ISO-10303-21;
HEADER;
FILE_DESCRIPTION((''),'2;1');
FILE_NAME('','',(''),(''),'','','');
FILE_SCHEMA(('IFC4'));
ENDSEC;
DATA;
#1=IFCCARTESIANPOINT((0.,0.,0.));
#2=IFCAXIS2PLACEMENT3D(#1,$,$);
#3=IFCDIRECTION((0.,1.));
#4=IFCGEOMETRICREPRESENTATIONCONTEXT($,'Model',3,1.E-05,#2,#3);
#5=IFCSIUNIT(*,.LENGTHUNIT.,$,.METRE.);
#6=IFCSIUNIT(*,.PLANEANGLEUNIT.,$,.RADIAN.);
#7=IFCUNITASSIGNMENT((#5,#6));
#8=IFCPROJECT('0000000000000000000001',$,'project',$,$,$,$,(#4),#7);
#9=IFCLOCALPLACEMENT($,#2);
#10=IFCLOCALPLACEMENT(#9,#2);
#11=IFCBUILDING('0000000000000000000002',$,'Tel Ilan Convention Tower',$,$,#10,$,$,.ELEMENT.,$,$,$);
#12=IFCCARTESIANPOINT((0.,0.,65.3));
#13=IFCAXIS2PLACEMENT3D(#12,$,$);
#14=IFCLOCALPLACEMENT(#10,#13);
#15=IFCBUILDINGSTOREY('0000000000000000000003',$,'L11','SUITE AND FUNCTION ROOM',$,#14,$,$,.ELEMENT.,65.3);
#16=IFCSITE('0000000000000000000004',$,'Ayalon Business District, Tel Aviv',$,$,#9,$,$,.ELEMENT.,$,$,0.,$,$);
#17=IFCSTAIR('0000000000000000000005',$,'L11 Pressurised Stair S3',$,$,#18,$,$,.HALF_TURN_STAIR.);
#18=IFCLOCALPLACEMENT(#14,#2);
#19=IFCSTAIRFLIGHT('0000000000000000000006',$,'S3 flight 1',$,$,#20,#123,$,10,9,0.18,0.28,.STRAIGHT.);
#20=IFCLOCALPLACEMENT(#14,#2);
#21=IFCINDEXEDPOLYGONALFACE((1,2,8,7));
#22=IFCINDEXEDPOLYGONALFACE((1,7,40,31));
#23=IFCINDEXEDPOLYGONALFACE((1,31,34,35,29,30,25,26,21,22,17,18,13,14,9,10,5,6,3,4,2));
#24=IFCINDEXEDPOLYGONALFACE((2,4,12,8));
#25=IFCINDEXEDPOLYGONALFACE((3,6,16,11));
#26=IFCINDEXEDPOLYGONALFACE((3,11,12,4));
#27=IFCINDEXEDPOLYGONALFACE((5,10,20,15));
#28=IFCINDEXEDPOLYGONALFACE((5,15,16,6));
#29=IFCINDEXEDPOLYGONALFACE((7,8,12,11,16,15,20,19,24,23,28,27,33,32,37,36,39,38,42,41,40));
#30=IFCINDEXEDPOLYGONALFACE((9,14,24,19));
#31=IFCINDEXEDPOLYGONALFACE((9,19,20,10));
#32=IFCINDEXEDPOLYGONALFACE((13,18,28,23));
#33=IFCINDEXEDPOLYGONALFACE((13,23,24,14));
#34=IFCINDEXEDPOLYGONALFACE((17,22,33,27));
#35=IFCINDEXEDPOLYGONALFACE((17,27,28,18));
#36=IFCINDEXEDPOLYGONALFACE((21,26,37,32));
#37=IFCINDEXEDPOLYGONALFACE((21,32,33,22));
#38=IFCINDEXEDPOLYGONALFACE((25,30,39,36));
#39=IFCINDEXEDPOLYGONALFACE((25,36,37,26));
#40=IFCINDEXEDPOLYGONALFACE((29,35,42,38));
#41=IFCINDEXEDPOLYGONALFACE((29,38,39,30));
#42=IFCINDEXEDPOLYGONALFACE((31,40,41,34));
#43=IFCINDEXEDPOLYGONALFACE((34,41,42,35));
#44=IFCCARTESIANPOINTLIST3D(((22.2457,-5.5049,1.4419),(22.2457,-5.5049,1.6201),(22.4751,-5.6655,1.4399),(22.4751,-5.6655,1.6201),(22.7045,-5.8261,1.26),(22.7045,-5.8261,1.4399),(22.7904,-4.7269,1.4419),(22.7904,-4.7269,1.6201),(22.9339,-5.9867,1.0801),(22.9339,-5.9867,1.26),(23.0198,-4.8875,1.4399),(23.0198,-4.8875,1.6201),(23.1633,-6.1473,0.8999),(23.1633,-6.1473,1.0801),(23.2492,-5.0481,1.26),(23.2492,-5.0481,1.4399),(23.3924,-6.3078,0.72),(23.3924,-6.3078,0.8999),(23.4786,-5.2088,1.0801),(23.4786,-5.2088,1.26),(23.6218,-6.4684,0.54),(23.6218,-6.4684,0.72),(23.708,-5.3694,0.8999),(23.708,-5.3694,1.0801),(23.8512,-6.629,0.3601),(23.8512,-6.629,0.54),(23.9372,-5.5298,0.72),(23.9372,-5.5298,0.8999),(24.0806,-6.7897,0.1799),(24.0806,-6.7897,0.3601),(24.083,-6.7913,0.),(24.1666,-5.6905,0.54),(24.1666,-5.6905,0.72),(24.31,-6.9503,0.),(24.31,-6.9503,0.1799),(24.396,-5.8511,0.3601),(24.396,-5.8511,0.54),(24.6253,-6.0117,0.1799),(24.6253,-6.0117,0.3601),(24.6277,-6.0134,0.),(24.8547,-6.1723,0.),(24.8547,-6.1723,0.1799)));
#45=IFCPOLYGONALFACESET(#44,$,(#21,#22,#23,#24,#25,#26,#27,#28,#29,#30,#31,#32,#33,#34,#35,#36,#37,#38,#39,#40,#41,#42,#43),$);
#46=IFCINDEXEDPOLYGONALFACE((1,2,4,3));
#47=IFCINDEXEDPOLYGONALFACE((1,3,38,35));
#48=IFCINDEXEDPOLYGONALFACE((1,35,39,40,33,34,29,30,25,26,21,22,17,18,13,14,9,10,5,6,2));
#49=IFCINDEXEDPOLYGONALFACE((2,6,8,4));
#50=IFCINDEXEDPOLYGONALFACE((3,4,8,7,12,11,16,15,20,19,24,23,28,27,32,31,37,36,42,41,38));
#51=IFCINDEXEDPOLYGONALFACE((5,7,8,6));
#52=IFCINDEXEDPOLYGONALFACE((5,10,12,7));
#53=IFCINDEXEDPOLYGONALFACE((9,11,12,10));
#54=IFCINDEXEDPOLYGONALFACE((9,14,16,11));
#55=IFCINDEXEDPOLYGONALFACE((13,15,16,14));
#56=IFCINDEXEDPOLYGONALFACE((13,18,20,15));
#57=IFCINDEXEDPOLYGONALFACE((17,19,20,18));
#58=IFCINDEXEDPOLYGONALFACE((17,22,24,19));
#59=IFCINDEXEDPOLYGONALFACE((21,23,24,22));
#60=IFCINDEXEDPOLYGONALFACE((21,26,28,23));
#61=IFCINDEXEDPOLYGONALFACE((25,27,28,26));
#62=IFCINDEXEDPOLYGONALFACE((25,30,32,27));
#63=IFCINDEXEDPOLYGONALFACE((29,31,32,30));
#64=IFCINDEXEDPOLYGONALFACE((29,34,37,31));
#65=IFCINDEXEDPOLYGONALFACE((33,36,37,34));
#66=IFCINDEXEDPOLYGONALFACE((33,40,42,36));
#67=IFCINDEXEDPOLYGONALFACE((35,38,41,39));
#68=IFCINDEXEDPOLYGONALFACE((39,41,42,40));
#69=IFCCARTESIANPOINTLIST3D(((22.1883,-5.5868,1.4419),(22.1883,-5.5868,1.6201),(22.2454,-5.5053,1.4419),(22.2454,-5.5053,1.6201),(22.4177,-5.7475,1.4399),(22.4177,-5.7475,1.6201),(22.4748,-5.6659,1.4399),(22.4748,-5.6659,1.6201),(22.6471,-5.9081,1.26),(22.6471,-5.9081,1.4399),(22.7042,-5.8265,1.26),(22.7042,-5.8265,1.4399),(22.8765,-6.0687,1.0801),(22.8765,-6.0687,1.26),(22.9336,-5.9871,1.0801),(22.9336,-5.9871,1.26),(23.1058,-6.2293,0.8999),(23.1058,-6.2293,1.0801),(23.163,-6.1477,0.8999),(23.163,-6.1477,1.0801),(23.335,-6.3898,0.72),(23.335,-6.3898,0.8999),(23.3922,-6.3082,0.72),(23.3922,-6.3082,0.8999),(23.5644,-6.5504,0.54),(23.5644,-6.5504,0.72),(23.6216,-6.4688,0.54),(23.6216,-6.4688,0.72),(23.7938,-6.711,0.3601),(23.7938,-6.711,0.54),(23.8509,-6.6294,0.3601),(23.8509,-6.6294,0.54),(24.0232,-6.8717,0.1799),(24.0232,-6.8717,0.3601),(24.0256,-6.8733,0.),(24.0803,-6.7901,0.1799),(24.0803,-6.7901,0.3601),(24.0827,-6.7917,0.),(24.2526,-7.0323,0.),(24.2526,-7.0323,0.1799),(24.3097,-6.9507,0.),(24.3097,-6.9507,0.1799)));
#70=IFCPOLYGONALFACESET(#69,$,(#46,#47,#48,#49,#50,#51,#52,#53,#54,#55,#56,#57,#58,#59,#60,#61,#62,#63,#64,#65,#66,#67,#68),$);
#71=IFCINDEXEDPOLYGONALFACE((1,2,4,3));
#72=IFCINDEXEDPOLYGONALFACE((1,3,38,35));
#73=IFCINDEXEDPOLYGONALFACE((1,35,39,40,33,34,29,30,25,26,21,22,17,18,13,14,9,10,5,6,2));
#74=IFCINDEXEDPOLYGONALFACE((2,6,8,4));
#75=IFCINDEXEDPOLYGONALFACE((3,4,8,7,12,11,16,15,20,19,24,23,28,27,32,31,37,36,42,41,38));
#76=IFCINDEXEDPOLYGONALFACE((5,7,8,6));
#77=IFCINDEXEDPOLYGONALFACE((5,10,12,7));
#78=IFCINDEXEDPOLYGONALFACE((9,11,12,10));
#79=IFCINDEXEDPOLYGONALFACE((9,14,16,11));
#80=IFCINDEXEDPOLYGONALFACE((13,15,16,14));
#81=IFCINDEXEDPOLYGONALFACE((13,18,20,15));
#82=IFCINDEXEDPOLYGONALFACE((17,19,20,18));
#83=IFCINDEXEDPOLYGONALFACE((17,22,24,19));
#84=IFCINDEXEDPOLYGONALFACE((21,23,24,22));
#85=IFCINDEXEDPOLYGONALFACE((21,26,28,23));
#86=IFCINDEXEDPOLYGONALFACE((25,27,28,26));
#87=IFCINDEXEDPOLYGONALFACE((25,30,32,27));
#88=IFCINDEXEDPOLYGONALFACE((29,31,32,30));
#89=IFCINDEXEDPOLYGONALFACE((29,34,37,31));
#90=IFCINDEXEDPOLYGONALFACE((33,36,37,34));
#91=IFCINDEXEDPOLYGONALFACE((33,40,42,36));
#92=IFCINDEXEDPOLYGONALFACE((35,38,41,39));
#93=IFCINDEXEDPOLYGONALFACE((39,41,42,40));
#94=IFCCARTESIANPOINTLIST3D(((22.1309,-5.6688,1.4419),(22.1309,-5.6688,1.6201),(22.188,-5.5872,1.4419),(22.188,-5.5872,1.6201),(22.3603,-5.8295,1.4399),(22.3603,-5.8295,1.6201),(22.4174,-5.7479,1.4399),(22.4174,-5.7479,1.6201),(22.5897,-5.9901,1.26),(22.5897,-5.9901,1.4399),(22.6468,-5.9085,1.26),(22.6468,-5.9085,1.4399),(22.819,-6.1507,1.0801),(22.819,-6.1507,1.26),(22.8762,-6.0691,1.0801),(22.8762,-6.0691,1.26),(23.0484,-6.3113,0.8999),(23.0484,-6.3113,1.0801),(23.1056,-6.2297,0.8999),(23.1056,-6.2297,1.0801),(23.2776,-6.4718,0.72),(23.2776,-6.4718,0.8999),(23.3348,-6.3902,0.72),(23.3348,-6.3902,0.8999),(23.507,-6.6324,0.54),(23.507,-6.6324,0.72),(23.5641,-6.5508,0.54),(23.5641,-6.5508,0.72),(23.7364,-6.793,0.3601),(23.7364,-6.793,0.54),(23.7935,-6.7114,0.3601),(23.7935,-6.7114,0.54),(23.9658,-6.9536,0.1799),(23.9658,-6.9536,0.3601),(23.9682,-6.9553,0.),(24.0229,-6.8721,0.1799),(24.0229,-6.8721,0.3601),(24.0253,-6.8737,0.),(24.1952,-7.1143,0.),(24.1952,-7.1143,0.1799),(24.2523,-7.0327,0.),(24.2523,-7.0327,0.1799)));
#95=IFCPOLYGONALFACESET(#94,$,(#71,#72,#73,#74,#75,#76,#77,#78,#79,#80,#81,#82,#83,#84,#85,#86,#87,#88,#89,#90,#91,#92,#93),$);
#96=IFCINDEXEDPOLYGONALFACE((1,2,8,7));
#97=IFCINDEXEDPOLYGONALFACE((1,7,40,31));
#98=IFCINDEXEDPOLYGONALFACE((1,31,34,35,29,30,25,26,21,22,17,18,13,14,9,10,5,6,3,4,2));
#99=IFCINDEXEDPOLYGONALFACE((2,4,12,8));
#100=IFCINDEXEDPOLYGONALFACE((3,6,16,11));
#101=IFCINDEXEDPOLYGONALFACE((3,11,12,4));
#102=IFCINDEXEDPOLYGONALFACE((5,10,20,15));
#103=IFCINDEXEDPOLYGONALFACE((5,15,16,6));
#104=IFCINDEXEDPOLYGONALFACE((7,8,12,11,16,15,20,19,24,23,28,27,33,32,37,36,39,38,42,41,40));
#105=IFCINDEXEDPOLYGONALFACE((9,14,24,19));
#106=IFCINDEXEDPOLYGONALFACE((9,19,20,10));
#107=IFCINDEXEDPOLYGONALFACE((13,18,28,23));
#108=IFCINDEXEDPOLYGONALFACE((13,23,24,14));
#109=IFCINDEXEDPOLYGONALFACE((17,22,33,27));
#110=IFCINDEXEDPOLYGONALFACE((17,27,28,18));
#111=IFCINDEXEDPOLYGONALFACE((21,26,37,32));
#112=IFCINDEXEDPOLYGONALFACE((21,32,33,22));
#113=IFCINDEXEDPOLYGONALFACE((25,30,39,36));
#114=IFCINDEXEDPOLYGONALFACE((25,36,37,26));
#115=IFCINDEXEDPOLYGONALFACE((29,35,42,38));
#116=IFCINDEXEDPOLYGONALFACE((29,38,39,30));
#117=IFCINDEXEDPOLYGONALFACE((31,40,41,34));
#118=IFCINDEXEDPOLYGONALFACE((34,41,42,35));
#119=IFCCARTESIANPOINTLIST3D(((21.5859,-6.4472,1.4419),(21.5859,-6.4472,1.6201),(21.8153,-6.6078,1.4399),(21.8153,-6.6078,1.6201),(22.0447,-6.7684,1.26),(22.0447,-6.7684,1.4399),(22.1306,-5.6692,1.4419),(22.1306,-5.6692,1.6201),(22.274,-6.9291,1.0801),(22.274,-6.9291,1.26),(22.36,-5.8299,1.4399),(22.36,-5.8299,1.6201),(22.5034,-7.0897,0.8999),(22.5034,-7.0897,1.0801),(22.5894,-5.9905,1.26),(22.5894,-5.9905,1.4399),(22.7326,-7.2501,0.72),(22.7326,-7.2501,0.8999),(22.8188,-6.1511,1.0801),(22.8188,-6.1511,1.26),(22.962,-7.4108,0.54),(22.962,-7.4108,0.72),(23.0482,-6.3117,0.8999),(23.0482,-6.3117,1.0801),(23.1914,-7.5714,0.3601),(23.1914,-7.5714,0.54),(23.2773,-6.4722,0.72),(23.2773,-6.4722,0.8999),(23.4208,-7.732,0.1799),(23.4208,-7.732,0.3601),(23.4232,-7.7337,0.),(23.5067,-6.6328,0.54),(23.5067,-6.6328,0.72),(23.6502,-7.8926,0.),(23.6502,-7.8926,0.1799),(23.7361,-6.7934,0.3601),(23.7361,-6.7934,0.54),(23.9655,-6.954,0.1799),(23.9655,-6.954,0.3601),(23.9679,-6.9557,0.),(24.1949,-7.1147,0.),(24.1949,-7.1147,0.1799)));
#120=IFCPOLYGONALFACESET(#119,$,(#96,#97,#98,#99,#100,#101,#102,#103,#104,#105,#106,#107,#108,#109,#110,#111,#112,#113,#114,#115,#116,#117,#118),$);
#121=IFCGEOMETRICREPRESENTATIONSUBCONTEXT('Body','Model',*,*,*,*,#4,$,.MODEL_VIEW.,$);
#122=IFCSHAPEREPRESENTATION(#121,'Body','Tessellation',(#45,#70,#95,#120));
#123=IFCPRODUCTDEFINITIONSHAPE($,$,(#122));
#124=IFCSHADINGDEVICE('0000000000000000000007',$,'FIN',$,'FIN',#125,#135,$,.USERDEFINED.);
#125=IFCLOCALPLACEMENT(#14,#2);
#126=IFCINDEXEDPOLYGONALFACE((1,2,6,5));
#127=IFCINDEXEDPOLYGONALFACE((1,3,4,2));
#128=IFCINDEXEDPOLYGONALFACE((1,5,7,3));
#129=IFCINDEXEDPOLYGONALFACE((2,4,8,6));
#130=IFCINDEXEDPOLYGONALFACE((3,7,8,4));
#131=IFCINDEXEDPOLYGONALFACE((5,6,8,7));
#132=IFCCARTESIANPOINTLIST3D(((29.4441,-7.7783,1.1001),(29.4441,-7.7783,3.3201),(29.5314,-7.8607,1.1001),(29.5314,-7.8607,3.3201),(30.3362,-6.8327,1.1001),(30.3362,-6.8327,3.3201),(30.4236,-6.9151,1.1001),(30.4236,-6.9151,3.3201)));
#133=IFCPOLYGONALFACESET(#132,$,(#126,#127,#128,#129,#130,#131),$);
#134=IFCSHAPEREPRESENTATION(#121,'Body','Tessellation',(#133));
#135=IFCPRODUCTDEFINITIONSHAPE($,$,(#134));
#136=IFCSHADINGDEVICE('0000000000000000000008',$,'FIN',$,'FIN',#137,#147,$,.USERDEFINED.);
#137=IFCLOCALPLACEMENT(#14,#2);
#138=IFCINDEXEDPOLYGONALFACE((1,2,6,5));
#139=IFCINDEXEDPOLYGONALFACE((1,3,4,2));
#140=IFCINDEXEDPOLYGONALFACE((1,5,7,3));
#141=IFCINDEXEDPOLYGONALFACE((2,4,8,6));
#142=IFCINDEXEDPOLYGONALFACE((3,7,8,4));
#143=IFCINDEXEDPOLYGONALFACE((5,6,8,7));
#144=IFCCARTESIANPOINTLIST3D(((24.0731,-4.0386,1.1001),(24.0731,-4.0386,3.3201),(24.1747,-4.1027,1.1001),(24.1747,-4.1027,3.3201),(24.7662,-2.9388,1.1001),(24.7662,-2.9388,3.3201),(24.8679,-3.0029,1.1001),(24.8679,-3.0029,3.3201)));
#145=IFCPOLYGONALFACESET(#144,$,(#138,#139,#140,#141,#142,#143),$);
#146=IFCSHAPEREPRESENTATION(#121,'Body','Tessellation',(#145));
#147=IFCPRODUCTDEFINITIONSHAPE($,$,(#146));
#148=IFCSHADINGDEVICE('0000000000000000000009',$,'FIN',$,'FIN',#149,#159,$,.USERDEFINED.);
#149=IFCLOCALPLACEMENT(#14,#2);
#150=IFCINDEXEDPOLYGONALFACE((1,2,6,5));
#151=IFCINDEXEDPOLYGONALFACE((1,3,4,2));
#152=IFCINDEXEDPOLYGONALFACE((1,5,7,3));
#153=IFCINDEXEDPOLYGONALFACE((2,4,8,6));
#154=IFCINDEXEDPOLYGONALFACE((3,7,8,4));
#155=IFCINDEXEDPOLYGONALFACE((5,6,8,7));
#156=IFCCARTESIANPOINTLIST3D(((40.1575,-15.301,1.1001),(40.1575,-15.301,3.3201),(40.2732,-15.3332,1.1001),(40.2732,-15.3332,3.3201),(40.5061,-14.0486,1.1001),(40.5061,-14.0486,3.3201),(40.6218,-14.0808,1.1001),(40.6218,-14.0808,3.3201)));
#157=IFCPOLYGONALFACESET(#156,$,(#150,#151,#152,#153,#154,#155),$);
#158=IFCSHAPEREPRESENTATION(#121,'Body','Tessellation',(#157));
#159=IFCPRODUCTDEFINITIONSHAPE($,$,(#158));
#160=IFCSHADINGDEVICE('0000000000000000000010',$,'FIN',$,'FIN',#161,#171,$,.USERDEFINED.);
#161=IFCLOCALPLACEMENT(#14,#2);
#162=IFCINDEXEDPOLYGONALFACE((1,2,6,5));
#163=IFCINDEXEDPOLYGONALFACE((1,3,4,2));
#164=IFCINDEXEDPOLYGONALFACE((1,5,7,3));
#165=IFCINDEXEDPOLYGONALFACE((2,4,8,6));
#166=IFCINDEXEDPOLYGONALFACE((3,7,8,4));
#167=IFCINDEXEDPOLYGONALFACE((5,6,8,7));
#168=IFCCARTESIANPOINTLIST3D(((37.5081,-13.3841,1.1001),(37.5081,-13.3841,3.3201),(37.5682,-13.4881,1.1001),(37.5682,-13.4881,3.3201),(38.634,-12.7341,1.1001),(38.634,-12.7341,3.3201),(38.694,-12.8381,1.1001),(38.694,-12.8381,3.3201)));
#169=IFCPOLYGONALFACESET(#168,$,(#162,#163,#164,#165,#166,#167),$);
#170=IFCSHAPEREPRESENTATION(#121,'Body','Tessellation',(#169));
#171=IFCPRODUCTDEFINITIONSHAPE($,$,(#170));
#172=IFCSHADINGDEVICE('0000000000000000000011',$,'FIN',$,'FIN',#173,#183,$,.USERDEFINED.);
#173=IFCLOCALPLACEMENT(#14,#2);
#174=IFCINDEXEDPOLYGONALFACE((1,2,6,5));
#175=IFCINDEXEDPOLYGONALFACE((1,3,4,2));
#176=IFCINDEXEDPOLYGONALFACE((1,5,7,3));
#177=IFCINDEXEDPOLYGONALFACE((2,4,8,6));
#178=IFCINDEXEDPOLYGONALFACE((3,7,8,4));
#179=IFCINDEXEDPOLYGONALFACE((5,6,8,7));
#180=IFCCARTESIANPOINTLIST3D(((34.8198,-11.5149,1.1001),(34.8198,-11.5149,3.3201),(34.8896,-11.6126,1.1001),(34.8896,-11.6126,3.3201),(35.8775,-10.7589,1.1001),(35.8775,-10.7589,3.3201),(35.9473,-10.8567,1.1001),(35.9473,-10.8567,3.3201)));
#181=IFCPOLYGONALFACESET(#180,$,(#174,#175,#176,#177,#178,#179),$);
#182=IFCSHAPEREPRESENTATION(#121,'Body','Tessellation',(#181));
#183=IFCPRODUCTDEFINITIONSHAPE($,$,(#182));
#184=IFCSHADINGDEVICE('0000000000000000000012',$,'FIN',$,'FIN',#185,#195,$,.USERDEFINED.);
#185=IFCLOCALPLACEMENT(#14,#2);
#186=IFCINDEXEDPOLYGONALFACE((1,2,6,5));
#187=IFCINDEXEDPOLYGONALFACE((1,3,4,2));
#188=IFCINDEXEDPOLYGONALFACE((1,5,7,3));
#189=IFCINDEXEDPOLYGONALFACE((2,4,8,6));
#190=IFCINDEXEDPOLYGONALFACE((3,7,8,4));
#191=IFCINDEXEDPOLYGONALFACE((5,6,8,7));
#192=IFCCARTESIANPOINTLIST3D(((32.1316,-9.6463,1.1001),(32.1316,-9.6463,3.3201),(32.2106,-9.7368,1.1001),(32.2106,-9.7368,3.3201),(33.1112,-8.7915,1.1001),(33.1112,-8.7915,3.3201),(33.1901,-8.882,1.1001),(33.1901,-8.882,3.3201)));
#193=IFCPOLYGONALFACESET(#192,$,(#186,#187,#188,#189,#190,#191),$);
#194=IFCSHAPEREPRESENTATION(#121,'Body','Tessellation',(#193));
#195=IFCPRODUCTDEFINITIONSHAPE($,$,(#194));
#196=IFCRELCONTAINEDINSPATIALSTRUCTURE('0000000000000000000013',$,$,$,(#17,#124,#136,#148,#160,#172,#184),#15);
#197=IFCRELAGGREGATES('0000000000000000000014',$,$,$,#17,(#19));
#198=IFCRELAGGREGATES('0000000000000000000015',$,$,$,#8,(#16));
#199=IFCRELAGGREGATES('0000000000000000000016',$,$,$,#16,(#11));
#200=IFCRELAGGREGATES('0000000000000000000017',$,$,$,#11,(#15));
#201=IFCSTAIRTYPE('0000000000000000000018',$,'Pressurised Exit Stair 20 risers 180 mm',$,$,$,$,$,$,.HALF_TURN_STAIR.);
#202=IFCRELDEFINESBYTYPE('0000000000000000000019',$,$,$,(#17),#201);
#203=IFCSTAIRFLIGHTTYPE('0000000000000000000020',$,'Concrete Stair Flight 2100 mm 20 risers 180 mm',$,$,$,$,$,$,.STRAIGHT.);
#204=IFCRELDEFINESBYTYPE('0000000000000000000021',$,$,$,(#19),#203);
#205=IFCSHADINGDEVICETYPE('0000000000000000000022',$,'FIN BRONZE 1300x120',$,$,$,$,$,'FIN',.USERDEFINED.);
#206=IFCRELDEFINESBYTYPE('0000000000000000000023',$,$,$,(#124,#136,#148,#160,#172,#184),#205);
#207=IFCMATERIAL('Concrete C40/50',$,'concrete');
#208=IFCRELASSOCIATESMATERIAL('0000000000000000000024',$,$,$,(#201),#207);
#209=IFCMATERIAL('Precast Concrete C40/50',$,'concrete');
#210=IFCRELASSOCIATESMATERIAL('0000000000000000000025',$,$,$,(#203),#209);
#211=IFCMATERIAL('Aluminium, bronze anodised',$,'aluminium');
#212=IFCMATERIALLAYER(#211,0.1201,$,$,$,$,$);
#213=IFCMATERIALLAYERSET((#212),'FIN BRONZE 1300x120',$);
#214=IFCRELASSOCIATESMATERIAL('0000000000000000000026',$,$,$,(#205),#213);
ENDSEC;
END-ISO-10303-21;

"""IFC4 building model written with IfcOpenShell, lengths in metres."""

from ifc_helpers import new_model, si_unit, direction, frame, origin, origin_2d, place, context, subcontext, project, spatial, polyline, rectangle, outline, extrude, material, layer, layer_set, type_object, element, aggregate, save


model = new_model("IFC4")

# Units and contexts
model_context = context("Model", 3, precision=1e-05, world=origin(), true_north=direction((0.0, 1.0)))
body_context = subcontext(model_context, "Body", "Model", "MODEL_VIEW")
ifc_project = project(units=[si_unit("LENGTHUNIT", "METRE"), si_unit("PLANEANGLEUNIT", "RADIAN")], contexts=[model_context])

# Site, building, storey
site_placement = place(None, origin())
site = spatial("IfcSite", under=ifc_project, at=site_placement, Name="Ayalon Business District, Tel Aviv", CompositionType="ELEMENT", RefElevation=0.0)
building_placement = place(site_placement, origin())
building = spatial("IfcBuilding", under=site, at=building_placement, Name="Tel Ilan Convention Tower", CompositionType="ELEMENT")
storey_placement = place(building_placement, frame((0.0, 0.0, 65.3)))
storey = spatial("IfcBuildingStorey", under=building, at=storey_placement, Name="L11", Description="SUITE AND FUNCTION ROOM", CompositionType="ELEMENT", Elevation=65.3)

# Stair, stair flight
ifc_material_1 = material(Name="Concrete C40/50", Category="concrete")
stair_type = type_object("IfcStairType", Name="Pressurised Exit Stair 20 risers 180 mm", PredefinedType="HALF_TURN_STAIR", material=ifc_material_1)
stair_placement = place(storey_placement, origin())
stair = element("IfcStair", 1, at=stair_placement, inside=storey, type_object=stair_type, Name="L11 Pressurised Stair S3", PredefinedType="HALF_TURN_STAIR")
ifc_material_2 = material(Name="Precast Concrete C40/50", Category="concrete")
stair_flight_type = type_object("IfcStairFlightType", Name="Concrete Stair Flight 2100 mm 20 risers 180 mm", PredefinedType="STRAIGHT", material=ifc_material_2)
stair_flight_placement = place(storey_placement, frame((24.2524, -7.0325, 0.0), z_axis=(0.0, 0.0, 1.0), x_axis=(-0.819152, 0.573576, 0.0)))
stair_flight = element("IfcStairFlight", 2, at=stair_flight_placement, type_object=stair_flight_type, Name="S3 flight 1", NumberOfRisers=10, NumberOfTreads=9, PredefinedType="STRAIGHT", RiserHeight=0.18, TreadLength=0.28, context=body_context, shape_type="SweptSolid", body=[
    extrude(outline(polyline([(0.0, 0.0), (0.0, 0.1799), (0.28, 0.1799), (0.28, 0.3601), (0.5601, 0.3601), (0.5601, 0.54), (0.8401, 0.54), (0.8401, 0.72), (1.1201, 0.72), (1.1201, 0.8999), (1.3999, 0.8999), (1.3999, 1.0801), (1.6799, 1.0801), (1.6799, 1.26), (1.96, 1.26), (1.96, 1.4399), (2.24, 1.4399), (2.24, 1.6201), (2.52, 1.6201), (2.52, 1.8), (2.52, 1.4419), (0.2771, 0.0), (0.0, 0.0)])), frame((0.0, -0.1003, 0.0), z_axis=(0.0, -1.0, 0.0), x_axis=(1.0, 0.0, 0.0)), (0.0, 0.0, 1.0), 0.9497),
    extrude(outline(polyline([(0.0, 0.0), (0.0, 0.1799), (0.28, 0.1799), (0.28, 0.3601), (0.5601, 0.3601), (0.5601, 0.54), (0.8401, 0.54), (0.8401, 0.72), (1.1201, 0.72), (1.1201, 0.8999), (1.3999, 0.8999), (1.3999, 1.0801), (1.6799, 1.0801), (1.6799, 1.26), (1.96, 1.26), (1.96, 1.4399), (2.24, 1.4399), (2.24, 1.6201), (2.52, 1.6201), (2.52, 1.8), (2.52, 1.4419), (0.2771, 0.0), (0.0, 0.0)])), frame((0.0, -0.0002, 0.0), z_axis=(0.0, -1.0, 0.0), x_axis=(1.0, 0.0, 0.0)), (0.0, 0.0, 1.0), 0.0996),
    extrude(outline(polyline([(0.0, 0.0), (0.0, 0.1799), (0.28, 0.1799), (0.28, 0.3601), (0.5601, 0.3601), (0.5601, 0.54), (0.8401, 0.54), (0.8401, 0.72), (1.1201, 0.72), (1.1201, 0.8999), (1.3999, 0.8999), (1.3999, 1.0801), (1.6799, 1.0801), (1.6799, 1.26), (1.96, 1.26), (1.96, 1.4399), (2.24, 1.4399), (2.24, 1.6201), (2.52, 1.6201), (2.52, 1.8), (2.52, 1.4419), (0.2771, 0.0), (0.0, 0.0)])), frame((0.0, 0.0999, 0.0), z_axis=(0.0, -1.0, 0.0), x_axis=(1.0, 0.0, 0.0)), (0.0, 0.0, 1.0), 0.0996),
    extrude(outline(polyline([(0.0, 0.0), (0.0, 0.1799), (0.28, 0.1799), (0.28, 0.3601), (0.5601, 0.3601), (0.5601, 0.54), (0.8401, 0.54), (0.8401, 0.72), (1.1201, 0.72), (1.1201, 0.8999), (1.3999, 0.8999), (1.3999, 1.0801), (1.6799, 1.0801), (1.6799, 1.26), (1.96, 1.26), (1.96, 1.4399), (2.24, 1.4399), (2.24, 1.6201), (2.52, 1.6201), (2.52, 1.8), (2.52, 1.4419), (0.2771, 0.0), (0.0, 0.0)])), frame((0.0, 1.05, 0.0), z_axis=(0.0, -1.0, 0.0), x_axis=(1.0, 0.0, 0.0)), (0.0, 0.0, 1.0), 0.9497),
])
aggregate(stair, [stair_flight])

# Shading devices
ifc_material_3 = material(Name="Aluminium, bronze anodised", Category="aluminium")
ifc_layer_1 = layer(ifc_material_3, 0.1201)
ifc_layer_set_1 = layer_set([ifc_layer_1], Name="FIN BRONZE 1300x120")
shading_device_type = type_object("IfcShadingDeviceType", Name="FIN BRONZE 1300x120", ElementType="FIN", PredefinedType="USERDEFINED", material=ifc_layer_set_1)
for number, where, z_axis, x_axis, name in (
    (3, (29.9338, -7.3467, 1.1001), (0.0, 0.0, 1.0), (0.686242, 0.727374, 0.0), "FIN"),
    (4, (24.4705, -3.5208, 1.1001), (0.0, 0.0, 1.0), (0.533204, 0.845986, 0.0), "FIN"),
    (5, (40.3896, -14.6909, 1.1001), (0.0, 0.0, 1.0), (0.268173, 0.963371, 0.0), "FIN"),
    (6, (38.1011, -13.1111, 1.1001), (0.0, 0.0, 1.0), (0.866025, 0.5, 0.0), "FIN"),
    (7, (35.3835, -11.1858, 1.1001), (0.0, 0.0, 1.0), (0.813552, 0.581492, 0.0), "FIN"),
    (8, (32.6609, -9.2642, 1.1001), (0.0, 0.0, 1.0), (0.753436, 0.657521, 0.0), "FIN"),
):
    element("IfcShadingDevice", number, at=place(storey_placement, frame(where, z_axis=z_axis, x_axis=x_axis)), inside=storey, type_object=shading_device_type, Name=name, ObjectType="FIN", PredefinedType="USERDEFINED", context=body_context, shape_type="SweptSolid", body=[
        extrude(rectangle(XDim=1.3, YDim=0.1201, at=origin_2d()), origin(), (0.0, 0.0, 1.0), 2.22),
    ])

save(model, "model.ifc")
